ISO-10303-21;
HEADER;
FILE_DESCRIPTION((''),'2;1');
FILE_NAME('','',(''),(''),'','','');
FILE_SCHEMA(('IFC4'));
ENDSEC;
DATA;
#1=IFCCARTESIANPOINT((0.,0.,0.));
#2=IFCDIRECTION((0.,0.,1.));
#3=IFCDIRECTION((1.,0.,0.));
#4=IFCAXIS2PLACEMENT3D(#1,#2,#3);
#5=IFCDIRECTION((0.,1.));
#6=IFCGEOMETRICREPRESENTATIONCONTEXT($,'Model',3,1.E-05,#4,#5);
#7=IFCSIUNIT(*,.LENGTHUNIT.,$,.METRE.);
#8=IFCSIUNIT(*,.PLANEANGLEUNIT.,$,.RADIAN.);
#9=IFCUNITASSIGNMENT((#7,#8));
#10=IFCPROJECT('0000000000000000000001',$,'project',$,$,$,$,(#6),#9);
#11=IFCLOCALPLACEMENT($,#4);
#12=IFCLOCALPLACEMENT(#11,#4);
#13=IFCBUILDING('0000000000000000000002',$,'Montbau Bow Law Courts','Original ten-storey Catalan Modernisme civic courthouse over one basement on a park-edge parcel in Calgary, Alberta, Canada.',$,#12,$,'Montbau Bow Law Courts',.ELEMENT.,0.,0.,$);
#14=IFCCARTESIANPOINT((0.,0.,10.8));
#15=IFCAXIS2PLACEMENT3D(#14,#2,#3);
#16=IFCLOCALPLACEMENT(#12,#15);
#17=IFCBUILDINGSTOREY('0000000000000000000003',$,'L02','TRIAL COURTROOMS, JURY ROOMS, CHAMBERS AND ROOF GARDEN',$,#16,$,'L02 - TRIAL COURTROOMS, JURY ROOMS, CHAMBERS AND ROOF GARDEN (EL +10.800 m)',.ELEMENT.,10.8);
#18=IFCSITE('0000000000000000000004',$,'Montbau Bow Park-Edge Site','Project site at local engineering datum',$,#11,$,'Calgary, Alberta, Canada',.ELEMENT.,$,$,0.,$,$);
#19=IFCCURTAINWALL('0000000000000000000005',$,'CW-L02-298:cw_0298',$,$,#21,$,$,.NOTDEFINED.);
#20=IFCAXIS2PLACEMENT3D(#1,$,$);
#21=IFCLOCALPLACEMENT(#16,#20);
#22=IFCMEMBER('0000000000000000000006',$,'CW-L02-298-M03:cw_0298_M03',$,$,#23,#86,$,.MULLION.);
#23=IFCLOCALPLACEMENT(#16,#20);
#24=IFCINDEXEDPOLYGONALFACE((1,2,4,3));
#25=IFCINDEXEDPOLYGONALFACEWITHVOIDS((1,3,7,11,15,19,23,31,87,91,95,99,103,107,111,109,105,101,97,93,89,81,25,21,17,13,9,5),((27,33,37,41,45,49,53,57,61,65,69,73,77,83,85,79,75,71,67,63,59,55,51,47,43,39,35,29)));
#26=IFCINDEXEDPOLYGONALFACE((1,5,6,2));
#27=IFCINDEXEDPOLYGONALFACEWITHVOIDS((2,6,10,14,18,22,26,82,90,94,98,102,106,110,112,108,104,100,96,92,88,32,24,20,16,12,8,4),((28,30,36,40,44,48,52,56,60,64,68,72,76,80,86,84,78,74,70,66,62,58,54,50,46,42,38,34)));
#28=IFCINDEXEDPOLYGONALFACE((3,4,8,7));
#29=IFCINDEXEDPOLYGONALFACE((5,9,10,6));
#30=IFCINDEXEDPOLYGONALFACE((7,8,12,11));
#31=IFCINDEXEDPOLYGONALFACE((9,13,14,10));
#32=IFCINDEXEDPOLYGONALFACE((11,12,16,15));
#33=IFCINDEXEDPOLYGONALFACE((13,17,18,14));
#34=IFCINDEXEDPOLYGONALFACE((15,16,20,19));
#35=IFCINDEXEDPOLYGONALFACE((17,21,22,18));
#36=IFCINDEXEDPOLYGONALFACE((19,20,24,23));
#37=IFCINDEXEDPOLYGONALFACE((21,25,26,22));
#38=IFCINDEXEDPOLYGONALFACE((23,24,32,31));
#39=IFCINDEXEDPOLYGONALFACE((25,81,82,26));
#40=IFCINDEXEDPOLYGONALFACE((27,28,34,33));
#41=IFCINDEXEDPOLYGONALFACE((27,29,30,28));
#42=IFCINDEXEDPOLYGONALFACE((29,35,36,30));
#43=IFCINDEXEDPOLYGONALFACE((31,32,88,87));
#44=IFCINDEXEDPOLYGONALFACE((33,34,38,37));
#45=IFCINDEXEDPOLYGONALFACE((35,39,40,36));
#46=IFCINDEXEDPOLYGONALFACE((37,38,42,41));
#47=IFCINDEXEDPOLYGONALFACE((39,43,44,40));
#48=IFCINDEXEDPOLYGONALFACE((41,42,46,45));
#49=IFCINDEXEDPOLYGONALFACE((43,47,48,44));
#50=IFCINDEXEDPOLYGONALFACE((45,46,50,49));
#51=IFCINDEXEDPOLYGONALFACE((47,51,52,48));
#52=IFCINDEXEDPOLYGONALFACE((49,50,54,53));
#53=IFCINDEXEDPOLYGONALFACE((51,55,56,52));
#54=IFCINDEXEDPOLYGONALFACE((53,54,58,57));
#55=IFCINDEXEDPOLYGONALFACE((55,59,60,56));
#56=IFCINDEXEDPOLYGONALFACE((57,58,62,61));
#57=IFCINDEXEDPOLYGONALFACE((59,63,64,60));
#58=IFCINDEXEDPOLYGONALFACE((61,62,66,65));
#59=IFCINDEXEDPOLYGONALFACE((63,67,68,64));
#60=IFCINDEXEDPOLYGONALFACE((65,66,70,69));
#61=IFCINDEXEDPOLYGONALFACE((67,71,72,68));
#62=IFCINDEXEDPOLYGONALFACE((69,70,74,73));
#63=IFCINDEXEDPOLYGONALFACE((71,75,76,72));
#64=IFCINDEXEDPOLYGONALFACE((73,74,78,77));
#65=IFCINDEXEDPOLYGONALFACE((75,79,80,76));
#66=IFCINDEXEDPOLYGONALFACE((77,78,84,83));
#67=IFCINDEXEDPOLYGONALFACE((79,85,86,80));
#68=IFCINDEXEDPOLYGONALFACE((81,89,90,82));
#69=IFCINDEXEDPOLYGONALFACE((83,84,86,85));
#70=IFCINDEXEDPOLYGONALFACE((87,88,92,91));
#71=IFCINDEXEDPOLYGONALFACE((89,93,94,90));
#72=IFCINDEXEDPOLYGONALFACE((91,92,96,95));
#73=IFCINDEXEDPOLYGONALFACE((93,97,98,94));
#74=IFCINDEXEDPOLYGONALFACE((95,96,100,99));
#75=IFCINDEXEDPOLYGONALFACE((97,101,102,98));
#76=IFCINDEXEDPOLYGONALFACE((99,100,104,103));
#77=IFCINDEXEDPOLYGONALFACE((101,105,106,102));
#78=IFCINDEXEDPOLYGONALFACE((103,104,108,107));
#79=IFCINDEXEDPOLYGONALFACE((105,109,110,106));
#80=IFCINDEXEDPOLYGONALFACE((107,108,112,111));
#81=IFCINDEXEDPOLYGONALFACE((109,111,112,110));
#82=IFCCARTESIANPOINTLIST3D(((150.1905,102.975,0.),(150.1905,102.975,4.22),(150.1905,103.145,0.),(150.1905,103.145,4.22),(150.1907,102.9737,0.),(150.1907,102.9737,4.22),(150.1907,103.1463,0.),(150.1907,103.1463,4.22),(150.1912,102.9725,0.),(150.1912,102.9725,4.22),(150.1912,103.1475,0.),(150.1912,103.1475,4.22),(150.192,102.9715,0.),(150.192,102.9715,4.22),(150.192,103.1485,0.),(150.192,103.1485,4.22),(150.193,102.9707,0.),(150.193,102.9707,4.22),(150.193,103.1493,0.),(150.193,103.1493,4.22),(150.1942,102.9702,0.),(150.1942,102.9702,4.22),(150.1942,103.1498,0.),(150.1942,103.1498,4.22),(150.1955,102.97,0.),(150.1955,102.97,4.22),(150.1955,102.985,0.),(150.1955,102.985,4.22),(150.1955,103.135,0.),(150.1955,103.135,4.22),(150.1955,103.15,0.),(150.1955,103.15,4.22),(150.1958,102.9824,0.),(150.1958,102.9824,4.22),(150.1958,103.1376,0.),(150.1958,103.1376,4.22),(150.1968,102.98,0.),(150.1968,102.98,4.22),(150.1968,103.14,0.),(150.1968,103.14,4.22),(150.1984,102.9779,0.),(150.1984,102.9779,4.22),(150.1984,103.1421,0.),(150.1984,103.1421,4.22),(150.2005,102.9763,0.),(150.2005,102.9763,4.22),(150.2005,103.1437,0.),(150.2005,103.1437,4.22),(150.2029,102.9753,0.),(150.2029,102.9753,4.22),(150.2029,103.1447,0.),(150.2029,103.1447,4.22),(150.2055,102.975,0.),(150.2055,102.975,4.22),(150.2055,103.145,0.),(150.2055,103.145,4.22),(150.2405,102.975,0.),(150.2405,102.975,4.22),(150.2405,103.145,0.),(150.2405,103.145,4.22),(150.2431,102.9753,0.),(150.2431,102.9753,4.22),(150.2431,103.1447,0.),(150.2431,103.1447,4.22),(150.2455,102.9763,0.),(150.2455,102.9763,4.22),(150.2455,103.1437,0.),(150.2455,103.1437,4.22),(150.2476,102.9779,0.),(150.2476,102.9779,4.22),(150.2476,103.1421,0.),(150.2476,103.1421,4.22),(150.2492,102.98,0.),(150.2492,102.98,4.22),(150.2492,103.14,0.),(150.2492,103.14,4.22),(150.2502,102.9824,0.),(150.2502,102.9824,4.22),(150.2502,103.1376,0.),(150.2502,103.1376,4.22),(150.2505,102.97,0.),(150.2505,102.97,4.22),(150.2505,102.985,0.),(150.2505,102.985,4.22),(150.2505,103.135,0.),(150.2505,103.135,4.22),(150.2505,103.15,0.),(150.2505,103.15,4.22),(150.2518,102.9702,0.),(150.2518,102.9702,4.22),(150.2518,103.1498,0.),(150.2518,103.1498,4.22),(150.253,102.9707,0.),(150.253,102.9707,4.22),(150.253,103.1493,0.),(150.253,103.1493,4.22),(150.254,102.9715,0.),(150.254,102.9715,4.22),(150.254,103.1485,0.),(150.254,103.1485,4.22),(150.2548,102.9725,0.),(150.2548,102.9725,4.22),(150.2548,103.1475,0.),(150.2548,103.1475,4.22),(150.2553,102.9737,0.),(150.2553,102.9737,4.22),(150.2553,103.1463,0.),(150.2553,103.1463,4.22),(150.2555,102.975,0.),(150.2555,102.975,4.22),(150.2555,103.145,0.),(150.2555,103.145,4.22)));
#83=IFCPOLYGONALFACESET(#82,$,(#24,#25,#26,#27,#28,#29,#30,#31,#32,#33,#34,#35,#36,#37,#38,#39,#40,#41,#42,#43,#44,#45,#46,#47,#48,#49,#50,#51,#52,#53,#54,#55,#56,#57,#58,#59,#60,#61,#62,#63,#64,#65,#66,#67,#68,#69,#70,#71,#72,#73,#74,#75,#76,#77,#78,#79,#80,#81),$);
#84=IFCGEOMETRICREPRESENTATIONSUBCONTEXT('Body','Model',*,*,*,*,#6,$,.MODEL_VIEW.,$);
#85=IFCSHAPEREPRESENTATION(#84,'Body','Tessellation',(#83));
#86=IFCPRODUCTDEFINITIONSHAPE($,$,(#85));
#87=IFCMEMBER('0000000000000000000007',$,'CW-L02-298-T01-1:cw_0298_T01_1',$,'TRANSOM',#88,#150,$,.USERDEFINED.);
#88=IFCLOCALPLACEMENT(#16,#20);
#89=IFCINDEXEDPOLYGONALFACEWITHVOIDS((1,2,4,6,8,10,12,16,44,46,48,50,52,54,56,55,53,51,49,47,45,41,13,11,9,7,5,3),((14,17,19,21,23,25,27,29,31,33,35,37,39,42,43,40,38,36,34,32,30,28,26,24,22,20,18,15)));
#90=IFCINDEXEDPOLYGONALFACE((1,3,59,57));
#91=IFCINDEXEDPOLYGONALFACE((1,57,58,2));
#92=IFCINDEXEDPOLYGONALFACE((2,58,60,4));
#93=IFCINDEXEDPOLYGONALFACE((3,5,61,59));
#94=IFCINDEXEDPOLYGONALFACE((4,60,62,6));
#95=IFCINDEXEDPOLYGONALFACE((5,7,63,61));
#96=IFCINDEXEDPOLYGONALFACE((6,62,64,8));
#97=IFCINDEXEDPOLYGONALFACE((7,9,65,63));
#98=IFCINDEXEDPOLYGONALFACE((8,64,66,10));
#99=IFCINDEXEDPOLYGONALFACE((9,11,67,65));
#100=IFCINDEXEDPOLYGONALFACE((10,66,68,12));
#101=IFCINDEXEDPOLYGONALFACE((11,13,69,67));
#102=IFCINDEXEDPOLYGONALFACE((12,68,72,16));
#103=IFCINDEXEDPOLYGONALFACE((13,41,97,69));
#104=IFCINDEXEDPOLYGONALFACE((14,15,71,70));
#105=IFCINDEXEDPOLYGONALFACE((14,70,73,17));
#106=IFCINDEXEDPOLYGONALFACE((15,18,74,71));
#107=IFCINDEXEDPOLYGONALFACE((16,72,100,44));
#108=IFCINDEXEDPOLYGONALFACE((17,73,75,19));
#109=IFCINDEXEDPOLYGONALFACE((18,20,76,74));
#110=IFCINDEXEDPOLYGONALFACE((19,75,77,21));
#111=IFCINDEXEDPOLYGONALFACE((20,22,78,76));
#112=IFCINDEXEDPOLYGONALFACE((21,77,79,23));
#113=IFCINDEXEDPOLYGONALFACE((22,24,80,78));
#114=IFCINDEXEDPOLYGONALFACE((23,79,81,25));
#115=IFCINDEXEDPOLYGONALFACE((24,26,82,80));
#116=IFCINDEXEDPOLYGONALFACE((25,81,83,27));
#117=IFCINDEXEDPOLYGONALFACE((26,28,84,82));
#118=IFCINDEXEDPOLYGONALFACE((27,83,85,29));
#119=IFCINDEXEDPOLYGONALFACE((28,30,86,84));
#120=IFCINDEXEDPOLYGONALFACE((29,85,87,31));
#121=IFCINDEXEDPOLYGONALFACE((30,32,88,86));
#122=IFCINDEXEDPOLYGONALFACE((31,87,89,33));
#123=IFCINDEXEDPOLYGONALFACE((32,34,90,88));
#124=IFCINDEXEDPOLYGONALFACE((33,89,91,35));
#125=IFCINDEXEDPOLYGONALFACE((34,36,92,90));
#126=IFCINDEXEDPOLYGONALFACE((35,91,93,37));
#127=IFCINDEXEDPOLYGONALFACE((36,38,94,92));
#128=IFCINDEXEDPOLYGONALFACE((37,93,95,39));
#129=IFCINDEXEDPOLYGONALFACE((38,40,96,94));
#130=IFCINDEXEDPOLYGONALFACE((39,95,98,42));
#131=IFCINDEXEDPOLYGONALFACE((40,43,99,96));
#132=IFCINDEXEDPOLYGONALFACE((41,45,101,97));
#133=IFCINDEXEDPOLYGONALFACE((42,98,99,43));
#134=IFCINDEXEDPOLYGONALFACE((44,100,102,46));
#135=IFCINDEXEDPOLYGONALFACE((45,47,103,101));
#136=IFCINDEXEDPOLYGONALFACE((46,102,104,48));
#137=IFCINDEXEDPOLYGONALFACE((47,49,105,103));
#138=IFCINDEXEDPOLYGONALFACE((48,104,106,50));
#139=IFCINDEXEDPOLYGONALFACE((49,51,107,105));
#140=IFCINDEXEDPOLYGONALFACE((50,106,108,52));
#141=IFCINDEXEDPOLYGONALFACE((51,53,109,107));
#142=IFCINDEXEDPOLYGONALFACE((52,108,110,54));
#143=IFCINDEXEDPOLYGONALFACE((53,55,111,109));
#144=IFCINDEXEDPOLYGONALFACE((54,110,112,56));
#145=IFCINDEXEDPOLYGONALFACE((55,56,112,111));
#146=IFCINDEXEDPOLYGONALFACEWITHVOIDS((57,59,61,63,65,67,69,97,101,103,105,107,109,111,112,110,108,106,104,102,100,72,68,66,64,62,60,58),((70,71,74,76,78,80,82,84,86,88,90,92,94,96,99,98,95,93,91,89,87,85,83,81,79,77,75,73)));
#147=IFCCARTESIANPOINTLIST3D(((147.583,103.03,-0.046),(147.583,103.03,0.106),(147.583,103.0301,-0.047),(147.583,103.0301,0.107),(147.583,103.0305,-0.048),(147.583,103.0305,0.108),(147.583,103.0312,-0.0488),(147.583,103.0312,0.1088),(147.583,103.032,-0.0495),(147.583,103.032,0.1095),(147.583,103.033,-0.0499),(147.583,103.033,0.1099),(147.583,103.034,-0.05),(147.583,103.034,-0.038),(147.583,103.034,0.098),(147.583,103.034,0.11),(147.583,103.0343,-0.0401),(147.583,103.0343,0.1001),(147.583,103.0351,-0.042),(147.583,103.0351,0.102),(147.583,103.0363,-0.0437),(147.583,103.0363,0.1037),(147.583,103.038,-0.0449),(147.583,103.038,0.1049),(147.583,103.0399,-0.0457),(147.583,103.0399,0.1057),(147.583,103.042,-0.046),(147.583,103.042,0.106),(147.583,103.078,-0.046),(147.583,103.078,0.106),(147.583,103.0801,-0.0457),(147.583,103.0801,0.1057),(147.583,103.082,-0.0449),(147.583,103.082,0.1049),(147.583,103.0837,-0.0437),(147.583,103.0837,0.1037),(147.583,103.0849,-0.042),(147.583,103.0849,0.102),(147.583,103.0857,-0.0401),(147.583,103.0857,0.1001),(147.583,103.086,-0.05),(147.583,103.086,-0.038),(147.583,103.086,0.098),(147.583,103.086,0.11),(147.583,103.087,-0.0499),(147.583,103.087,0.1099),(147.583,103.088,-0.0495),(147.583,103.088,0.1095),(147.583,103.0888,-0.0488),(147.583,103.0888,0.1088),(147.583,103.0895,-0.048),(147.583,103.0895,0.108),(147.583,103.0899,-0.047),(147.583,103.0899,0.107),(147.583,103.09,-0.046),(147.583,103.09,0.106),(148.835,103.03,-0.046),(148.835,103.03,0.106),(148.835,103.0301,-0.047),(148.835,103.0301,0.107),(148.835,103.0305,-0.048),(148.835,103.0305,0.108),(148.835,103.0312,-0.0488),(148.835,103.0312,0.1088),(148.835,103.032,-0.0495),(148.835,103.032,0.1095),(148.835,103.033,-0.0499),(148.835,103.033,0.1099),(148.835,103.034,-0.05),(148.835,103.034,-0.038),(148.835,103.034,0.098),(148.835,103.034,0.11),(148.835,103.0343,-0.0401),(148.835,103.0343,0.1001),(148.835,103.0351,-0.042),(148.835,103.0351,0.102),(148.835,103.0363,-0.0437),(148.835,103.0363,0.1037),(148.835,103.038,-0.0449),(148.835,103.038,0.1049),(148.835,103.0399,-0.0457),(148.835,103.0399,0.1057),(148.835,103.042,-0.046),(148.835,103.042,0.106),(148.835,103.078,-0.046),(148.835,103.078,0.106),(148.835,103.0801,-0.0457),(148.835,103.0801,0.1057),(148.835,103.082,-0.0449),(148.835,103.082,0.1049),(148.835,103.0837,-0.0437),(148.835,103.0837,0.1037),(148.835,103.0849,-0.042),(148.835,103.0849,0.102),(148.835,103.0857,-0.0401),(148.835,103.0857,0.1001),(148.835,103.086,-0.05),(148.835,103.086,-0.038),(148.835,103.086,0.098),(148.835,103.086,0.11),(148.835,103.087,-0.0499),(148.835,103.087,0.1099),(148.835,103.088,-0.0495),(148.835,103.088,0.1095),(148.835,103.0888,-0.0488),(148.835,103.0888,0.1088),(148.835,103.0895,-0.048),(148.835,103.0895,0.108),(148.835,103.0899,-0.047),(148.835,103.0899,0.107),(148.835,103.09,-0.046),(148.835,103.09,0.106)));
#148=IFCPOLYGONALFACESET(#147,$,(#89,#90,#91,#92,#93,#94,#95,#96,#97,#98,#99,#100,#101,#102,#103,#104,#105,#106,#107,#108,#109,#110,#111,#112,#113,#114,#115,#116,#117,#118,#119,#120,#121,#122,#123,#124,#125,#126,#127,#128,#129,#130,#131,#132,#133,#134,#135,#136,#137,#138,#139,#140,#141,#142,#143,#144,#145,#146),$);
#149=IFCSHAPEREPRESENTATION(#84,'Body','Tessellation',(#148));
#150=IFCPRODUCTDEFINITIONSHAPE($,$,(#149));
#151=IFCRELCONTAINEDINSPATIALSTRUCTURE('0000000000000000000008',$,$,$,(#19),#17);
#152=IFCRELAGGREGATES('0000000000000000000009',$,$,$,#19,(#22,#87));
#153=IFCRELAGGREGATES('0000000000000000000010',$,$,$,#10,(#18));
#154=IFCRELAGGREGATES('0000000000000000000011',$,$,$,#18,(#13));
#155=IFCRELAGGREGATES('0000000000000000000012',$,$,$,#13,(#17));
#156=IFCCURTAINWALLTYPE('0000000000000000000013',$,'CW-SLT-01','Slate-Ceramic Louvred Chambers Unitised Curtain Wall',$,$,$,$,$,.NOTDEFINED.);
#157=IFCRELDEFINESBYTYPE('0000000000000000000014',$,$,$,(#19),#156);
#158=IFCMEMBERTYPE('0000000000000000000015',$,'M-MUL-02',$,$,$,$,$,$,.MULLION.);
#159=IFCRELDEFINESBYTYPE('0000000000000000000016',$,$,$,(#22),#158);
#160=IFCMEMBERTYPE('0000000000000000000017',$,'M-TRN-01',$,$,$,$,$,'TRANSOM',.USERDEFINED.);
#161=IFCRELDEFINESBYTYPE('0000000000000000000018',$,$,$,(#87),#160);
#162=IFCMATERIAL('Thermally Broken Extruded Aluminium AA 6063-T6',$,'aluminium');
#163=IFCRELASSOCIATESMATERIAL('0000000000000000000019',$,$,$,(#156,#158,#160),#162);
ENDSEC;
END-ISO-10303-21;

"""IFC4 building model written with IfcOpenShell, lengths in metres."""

from ifc_helpers import new_model, si_unit, direction, frame, origin_with_axes, origin_2d_with_axis, place, context, subcontext, project, spatial, hollow_rectangle, extrude, material, material_profile, profile_set, type_object, element, aggregate, save


model = new_model("IFC4")

# Units and contexts
model_context = context("Model", 3, precision=1e-05, world=origin_with_axes(), true_north=direction((0.0, 1.0)))
body_context = subcontext(model_context, "Body", "Model", "MODEL_VIEW")
ifc_project = project(units=[si_unit("LENGTHUNIT", "METRE"), si_unit("PLANEANGLEUNIT", "RADIAN")], contexts=[model_context])

# Site, building, storey
site_placement = place(None, origin_with_axes())
site = spatial("IfcSite", under=ifc_project, at=site_placement, Name="Montbau Bow Park-Edge Site", Description="Project site at local engineering datum", LongName="Calgary, Alberta, Canada", CompositionType="ELEMENT", RefElevation=0.0)
building_placement = place(site_placement, origin_with_axes())
building = spatial("IfcBuilding", under=site, at=building_placement, Name="Montbau Bow Law Courts", Description="Original ten-storey Catalan Modernisme civic courthouse over one basement on a park-edge parcel in Calgary, Alberta, Canada.", LongName="Montbau Bow Law Courts", CompositionType="ELEMENT", ElevationOfRefHeight=0.0, ElevationOfTerrain=0.0)
storey_placement = place(building_placement, frame((0.0, 0.0, 10.8), z_axis=(0.0, 0.0, 1.0), x_axis=(1.0, 0.0, 0.0)))
storey = spatial("IfcBuildingStorey", under=building, at=storey_placement, Name="L02", Description="TRIAL COURTROOMS, JURY ROOMS, CHAMBERS AND ROOF GARDEN", LongName="L02 - TRIAL COURTROOMS, JURY ROOMS, CHAMBERS AND ROOF GARDEN (EL +10.800 m)", CompositionType="ELEMENT", Elevation=10.8)

# Curtain wall, members
ifc_material_1 = material(Name="Thermally Broken Extruded Aluminium AA 6063-T6", Category="aluminium")
curtain_wall_type = type_object("IfcCurtainWallType", Name="CW-SLT-01", Description="Slate-Ceramic Louvred Chambers Unitised Curtain Wall", PredefinedType="NOTDEFINED", material=ifc_material_1)
curtain_wall_1_placement = place(None, frame((147.515, 103.06, 10.8), z_axis=(0.0, 0.0, 1.0), x_axis=(1.0, 0.0, 0.0)))
curtain_wall_1 = element("IfcCurtainWall", 1, at=curtain_wall_1_placement, inside=storey, type_object=curtain_wall_type, Name="CW-L02-298:cw_0298", PredefinedType="NOTDEFINED")
ifc_material_profile_1 = material_profile(ifc_material_1, hollow_rectangle(XDim=0.065, YDim=0.18, WallThickness=0.005, InnerFilletRadius=0.01, OuterFilletRadius=0.005, at=origin_2d_with_axis()), Name="CWM-180X65", Category="Main", Priority=0)
ifc_profile_set_1 = profile_set([ifc_material_profile_1], Name="Thermally Broken Extruded Aluminium AA 6063-T6")
member_type_1 = type_object("IfcMemberType", Name="M-MUL-02", PredefinedType="MULLION", material=ifc_profile_set_1)
member_1_placement = place(None, frame((150.223, 103.06, 10.8), z_axis=(0.0, 0.0, 1.0), x_axis=(1.0, 0.0, 0.0)))
member_1 = element("IfcMember", 2, at=member_1_placement, type_object=member_type_1, Name="CW-L02-298-M03:cw_0298_M03", PredefinedType="MULLION", context=body_context, shape_type="SweptSolid", body=[
    extrude(hollow_rectangle(XDim=0.065, YDim=0.18, WallThickness=0.005, InnerFilletRadius=0.01, OuterFilletRadius=0.005, at=origin_2d_with_axis()), origin_with_axes(), (0.0, 0.0, 1.0), 4.22),
])
ifc_material_profile_2 = material_profile(ifc_material_1, hollow_rectangle(XDim=0.06, YDim=0.16, WallThickness=0.004, InnerFilletRadius=0.008, OuterFilletRadius=0.004, at=origin_2d_with_axis()), Name="CWT-160X60", Category="Main", Priority=0)
ifc_profile_set_2 = profile_set([ifc_material_profile_2], Name="Thermally Broken Extruded Aluminium AA 6063-T6")
member_type_2 = type_object("IfcMemberType", Name="M-TRN-01", ElementType="TRANSOM", PredefinedType="USERDEFINED", material=ifc_profile_set_2)
member_2_placement = place(None, frame((147.583, 103.06, 10.83), z_axis=(1.0, 0.0, 0.0), x_axis=(0.0, 1.0, 0.0)))
member_2 = element("IfcMember", 3, at=member_2_placement, type_object=member_type_2, Name="CW-L02-298-T01-1:cw_0298_T01_1", ObjectType="TRANSOM", PredefinedType="USERDEFINED", context=body_context, shape_type="SweptSolid", body=[
    extrude(hollow_rectangle(XDim=0.06, YDim=0.16, WallThickness=0.004, InnerFilletRadius=0.008, OuterFilletRadius=0.004, at=origin_2d_with_axis()), origin_with_axes(), (0.0, 0.0, 1.0), 1.252),
])

aggregate(curtain_wall_1, [member_1, member_2])

save(model, "model.ifc")
